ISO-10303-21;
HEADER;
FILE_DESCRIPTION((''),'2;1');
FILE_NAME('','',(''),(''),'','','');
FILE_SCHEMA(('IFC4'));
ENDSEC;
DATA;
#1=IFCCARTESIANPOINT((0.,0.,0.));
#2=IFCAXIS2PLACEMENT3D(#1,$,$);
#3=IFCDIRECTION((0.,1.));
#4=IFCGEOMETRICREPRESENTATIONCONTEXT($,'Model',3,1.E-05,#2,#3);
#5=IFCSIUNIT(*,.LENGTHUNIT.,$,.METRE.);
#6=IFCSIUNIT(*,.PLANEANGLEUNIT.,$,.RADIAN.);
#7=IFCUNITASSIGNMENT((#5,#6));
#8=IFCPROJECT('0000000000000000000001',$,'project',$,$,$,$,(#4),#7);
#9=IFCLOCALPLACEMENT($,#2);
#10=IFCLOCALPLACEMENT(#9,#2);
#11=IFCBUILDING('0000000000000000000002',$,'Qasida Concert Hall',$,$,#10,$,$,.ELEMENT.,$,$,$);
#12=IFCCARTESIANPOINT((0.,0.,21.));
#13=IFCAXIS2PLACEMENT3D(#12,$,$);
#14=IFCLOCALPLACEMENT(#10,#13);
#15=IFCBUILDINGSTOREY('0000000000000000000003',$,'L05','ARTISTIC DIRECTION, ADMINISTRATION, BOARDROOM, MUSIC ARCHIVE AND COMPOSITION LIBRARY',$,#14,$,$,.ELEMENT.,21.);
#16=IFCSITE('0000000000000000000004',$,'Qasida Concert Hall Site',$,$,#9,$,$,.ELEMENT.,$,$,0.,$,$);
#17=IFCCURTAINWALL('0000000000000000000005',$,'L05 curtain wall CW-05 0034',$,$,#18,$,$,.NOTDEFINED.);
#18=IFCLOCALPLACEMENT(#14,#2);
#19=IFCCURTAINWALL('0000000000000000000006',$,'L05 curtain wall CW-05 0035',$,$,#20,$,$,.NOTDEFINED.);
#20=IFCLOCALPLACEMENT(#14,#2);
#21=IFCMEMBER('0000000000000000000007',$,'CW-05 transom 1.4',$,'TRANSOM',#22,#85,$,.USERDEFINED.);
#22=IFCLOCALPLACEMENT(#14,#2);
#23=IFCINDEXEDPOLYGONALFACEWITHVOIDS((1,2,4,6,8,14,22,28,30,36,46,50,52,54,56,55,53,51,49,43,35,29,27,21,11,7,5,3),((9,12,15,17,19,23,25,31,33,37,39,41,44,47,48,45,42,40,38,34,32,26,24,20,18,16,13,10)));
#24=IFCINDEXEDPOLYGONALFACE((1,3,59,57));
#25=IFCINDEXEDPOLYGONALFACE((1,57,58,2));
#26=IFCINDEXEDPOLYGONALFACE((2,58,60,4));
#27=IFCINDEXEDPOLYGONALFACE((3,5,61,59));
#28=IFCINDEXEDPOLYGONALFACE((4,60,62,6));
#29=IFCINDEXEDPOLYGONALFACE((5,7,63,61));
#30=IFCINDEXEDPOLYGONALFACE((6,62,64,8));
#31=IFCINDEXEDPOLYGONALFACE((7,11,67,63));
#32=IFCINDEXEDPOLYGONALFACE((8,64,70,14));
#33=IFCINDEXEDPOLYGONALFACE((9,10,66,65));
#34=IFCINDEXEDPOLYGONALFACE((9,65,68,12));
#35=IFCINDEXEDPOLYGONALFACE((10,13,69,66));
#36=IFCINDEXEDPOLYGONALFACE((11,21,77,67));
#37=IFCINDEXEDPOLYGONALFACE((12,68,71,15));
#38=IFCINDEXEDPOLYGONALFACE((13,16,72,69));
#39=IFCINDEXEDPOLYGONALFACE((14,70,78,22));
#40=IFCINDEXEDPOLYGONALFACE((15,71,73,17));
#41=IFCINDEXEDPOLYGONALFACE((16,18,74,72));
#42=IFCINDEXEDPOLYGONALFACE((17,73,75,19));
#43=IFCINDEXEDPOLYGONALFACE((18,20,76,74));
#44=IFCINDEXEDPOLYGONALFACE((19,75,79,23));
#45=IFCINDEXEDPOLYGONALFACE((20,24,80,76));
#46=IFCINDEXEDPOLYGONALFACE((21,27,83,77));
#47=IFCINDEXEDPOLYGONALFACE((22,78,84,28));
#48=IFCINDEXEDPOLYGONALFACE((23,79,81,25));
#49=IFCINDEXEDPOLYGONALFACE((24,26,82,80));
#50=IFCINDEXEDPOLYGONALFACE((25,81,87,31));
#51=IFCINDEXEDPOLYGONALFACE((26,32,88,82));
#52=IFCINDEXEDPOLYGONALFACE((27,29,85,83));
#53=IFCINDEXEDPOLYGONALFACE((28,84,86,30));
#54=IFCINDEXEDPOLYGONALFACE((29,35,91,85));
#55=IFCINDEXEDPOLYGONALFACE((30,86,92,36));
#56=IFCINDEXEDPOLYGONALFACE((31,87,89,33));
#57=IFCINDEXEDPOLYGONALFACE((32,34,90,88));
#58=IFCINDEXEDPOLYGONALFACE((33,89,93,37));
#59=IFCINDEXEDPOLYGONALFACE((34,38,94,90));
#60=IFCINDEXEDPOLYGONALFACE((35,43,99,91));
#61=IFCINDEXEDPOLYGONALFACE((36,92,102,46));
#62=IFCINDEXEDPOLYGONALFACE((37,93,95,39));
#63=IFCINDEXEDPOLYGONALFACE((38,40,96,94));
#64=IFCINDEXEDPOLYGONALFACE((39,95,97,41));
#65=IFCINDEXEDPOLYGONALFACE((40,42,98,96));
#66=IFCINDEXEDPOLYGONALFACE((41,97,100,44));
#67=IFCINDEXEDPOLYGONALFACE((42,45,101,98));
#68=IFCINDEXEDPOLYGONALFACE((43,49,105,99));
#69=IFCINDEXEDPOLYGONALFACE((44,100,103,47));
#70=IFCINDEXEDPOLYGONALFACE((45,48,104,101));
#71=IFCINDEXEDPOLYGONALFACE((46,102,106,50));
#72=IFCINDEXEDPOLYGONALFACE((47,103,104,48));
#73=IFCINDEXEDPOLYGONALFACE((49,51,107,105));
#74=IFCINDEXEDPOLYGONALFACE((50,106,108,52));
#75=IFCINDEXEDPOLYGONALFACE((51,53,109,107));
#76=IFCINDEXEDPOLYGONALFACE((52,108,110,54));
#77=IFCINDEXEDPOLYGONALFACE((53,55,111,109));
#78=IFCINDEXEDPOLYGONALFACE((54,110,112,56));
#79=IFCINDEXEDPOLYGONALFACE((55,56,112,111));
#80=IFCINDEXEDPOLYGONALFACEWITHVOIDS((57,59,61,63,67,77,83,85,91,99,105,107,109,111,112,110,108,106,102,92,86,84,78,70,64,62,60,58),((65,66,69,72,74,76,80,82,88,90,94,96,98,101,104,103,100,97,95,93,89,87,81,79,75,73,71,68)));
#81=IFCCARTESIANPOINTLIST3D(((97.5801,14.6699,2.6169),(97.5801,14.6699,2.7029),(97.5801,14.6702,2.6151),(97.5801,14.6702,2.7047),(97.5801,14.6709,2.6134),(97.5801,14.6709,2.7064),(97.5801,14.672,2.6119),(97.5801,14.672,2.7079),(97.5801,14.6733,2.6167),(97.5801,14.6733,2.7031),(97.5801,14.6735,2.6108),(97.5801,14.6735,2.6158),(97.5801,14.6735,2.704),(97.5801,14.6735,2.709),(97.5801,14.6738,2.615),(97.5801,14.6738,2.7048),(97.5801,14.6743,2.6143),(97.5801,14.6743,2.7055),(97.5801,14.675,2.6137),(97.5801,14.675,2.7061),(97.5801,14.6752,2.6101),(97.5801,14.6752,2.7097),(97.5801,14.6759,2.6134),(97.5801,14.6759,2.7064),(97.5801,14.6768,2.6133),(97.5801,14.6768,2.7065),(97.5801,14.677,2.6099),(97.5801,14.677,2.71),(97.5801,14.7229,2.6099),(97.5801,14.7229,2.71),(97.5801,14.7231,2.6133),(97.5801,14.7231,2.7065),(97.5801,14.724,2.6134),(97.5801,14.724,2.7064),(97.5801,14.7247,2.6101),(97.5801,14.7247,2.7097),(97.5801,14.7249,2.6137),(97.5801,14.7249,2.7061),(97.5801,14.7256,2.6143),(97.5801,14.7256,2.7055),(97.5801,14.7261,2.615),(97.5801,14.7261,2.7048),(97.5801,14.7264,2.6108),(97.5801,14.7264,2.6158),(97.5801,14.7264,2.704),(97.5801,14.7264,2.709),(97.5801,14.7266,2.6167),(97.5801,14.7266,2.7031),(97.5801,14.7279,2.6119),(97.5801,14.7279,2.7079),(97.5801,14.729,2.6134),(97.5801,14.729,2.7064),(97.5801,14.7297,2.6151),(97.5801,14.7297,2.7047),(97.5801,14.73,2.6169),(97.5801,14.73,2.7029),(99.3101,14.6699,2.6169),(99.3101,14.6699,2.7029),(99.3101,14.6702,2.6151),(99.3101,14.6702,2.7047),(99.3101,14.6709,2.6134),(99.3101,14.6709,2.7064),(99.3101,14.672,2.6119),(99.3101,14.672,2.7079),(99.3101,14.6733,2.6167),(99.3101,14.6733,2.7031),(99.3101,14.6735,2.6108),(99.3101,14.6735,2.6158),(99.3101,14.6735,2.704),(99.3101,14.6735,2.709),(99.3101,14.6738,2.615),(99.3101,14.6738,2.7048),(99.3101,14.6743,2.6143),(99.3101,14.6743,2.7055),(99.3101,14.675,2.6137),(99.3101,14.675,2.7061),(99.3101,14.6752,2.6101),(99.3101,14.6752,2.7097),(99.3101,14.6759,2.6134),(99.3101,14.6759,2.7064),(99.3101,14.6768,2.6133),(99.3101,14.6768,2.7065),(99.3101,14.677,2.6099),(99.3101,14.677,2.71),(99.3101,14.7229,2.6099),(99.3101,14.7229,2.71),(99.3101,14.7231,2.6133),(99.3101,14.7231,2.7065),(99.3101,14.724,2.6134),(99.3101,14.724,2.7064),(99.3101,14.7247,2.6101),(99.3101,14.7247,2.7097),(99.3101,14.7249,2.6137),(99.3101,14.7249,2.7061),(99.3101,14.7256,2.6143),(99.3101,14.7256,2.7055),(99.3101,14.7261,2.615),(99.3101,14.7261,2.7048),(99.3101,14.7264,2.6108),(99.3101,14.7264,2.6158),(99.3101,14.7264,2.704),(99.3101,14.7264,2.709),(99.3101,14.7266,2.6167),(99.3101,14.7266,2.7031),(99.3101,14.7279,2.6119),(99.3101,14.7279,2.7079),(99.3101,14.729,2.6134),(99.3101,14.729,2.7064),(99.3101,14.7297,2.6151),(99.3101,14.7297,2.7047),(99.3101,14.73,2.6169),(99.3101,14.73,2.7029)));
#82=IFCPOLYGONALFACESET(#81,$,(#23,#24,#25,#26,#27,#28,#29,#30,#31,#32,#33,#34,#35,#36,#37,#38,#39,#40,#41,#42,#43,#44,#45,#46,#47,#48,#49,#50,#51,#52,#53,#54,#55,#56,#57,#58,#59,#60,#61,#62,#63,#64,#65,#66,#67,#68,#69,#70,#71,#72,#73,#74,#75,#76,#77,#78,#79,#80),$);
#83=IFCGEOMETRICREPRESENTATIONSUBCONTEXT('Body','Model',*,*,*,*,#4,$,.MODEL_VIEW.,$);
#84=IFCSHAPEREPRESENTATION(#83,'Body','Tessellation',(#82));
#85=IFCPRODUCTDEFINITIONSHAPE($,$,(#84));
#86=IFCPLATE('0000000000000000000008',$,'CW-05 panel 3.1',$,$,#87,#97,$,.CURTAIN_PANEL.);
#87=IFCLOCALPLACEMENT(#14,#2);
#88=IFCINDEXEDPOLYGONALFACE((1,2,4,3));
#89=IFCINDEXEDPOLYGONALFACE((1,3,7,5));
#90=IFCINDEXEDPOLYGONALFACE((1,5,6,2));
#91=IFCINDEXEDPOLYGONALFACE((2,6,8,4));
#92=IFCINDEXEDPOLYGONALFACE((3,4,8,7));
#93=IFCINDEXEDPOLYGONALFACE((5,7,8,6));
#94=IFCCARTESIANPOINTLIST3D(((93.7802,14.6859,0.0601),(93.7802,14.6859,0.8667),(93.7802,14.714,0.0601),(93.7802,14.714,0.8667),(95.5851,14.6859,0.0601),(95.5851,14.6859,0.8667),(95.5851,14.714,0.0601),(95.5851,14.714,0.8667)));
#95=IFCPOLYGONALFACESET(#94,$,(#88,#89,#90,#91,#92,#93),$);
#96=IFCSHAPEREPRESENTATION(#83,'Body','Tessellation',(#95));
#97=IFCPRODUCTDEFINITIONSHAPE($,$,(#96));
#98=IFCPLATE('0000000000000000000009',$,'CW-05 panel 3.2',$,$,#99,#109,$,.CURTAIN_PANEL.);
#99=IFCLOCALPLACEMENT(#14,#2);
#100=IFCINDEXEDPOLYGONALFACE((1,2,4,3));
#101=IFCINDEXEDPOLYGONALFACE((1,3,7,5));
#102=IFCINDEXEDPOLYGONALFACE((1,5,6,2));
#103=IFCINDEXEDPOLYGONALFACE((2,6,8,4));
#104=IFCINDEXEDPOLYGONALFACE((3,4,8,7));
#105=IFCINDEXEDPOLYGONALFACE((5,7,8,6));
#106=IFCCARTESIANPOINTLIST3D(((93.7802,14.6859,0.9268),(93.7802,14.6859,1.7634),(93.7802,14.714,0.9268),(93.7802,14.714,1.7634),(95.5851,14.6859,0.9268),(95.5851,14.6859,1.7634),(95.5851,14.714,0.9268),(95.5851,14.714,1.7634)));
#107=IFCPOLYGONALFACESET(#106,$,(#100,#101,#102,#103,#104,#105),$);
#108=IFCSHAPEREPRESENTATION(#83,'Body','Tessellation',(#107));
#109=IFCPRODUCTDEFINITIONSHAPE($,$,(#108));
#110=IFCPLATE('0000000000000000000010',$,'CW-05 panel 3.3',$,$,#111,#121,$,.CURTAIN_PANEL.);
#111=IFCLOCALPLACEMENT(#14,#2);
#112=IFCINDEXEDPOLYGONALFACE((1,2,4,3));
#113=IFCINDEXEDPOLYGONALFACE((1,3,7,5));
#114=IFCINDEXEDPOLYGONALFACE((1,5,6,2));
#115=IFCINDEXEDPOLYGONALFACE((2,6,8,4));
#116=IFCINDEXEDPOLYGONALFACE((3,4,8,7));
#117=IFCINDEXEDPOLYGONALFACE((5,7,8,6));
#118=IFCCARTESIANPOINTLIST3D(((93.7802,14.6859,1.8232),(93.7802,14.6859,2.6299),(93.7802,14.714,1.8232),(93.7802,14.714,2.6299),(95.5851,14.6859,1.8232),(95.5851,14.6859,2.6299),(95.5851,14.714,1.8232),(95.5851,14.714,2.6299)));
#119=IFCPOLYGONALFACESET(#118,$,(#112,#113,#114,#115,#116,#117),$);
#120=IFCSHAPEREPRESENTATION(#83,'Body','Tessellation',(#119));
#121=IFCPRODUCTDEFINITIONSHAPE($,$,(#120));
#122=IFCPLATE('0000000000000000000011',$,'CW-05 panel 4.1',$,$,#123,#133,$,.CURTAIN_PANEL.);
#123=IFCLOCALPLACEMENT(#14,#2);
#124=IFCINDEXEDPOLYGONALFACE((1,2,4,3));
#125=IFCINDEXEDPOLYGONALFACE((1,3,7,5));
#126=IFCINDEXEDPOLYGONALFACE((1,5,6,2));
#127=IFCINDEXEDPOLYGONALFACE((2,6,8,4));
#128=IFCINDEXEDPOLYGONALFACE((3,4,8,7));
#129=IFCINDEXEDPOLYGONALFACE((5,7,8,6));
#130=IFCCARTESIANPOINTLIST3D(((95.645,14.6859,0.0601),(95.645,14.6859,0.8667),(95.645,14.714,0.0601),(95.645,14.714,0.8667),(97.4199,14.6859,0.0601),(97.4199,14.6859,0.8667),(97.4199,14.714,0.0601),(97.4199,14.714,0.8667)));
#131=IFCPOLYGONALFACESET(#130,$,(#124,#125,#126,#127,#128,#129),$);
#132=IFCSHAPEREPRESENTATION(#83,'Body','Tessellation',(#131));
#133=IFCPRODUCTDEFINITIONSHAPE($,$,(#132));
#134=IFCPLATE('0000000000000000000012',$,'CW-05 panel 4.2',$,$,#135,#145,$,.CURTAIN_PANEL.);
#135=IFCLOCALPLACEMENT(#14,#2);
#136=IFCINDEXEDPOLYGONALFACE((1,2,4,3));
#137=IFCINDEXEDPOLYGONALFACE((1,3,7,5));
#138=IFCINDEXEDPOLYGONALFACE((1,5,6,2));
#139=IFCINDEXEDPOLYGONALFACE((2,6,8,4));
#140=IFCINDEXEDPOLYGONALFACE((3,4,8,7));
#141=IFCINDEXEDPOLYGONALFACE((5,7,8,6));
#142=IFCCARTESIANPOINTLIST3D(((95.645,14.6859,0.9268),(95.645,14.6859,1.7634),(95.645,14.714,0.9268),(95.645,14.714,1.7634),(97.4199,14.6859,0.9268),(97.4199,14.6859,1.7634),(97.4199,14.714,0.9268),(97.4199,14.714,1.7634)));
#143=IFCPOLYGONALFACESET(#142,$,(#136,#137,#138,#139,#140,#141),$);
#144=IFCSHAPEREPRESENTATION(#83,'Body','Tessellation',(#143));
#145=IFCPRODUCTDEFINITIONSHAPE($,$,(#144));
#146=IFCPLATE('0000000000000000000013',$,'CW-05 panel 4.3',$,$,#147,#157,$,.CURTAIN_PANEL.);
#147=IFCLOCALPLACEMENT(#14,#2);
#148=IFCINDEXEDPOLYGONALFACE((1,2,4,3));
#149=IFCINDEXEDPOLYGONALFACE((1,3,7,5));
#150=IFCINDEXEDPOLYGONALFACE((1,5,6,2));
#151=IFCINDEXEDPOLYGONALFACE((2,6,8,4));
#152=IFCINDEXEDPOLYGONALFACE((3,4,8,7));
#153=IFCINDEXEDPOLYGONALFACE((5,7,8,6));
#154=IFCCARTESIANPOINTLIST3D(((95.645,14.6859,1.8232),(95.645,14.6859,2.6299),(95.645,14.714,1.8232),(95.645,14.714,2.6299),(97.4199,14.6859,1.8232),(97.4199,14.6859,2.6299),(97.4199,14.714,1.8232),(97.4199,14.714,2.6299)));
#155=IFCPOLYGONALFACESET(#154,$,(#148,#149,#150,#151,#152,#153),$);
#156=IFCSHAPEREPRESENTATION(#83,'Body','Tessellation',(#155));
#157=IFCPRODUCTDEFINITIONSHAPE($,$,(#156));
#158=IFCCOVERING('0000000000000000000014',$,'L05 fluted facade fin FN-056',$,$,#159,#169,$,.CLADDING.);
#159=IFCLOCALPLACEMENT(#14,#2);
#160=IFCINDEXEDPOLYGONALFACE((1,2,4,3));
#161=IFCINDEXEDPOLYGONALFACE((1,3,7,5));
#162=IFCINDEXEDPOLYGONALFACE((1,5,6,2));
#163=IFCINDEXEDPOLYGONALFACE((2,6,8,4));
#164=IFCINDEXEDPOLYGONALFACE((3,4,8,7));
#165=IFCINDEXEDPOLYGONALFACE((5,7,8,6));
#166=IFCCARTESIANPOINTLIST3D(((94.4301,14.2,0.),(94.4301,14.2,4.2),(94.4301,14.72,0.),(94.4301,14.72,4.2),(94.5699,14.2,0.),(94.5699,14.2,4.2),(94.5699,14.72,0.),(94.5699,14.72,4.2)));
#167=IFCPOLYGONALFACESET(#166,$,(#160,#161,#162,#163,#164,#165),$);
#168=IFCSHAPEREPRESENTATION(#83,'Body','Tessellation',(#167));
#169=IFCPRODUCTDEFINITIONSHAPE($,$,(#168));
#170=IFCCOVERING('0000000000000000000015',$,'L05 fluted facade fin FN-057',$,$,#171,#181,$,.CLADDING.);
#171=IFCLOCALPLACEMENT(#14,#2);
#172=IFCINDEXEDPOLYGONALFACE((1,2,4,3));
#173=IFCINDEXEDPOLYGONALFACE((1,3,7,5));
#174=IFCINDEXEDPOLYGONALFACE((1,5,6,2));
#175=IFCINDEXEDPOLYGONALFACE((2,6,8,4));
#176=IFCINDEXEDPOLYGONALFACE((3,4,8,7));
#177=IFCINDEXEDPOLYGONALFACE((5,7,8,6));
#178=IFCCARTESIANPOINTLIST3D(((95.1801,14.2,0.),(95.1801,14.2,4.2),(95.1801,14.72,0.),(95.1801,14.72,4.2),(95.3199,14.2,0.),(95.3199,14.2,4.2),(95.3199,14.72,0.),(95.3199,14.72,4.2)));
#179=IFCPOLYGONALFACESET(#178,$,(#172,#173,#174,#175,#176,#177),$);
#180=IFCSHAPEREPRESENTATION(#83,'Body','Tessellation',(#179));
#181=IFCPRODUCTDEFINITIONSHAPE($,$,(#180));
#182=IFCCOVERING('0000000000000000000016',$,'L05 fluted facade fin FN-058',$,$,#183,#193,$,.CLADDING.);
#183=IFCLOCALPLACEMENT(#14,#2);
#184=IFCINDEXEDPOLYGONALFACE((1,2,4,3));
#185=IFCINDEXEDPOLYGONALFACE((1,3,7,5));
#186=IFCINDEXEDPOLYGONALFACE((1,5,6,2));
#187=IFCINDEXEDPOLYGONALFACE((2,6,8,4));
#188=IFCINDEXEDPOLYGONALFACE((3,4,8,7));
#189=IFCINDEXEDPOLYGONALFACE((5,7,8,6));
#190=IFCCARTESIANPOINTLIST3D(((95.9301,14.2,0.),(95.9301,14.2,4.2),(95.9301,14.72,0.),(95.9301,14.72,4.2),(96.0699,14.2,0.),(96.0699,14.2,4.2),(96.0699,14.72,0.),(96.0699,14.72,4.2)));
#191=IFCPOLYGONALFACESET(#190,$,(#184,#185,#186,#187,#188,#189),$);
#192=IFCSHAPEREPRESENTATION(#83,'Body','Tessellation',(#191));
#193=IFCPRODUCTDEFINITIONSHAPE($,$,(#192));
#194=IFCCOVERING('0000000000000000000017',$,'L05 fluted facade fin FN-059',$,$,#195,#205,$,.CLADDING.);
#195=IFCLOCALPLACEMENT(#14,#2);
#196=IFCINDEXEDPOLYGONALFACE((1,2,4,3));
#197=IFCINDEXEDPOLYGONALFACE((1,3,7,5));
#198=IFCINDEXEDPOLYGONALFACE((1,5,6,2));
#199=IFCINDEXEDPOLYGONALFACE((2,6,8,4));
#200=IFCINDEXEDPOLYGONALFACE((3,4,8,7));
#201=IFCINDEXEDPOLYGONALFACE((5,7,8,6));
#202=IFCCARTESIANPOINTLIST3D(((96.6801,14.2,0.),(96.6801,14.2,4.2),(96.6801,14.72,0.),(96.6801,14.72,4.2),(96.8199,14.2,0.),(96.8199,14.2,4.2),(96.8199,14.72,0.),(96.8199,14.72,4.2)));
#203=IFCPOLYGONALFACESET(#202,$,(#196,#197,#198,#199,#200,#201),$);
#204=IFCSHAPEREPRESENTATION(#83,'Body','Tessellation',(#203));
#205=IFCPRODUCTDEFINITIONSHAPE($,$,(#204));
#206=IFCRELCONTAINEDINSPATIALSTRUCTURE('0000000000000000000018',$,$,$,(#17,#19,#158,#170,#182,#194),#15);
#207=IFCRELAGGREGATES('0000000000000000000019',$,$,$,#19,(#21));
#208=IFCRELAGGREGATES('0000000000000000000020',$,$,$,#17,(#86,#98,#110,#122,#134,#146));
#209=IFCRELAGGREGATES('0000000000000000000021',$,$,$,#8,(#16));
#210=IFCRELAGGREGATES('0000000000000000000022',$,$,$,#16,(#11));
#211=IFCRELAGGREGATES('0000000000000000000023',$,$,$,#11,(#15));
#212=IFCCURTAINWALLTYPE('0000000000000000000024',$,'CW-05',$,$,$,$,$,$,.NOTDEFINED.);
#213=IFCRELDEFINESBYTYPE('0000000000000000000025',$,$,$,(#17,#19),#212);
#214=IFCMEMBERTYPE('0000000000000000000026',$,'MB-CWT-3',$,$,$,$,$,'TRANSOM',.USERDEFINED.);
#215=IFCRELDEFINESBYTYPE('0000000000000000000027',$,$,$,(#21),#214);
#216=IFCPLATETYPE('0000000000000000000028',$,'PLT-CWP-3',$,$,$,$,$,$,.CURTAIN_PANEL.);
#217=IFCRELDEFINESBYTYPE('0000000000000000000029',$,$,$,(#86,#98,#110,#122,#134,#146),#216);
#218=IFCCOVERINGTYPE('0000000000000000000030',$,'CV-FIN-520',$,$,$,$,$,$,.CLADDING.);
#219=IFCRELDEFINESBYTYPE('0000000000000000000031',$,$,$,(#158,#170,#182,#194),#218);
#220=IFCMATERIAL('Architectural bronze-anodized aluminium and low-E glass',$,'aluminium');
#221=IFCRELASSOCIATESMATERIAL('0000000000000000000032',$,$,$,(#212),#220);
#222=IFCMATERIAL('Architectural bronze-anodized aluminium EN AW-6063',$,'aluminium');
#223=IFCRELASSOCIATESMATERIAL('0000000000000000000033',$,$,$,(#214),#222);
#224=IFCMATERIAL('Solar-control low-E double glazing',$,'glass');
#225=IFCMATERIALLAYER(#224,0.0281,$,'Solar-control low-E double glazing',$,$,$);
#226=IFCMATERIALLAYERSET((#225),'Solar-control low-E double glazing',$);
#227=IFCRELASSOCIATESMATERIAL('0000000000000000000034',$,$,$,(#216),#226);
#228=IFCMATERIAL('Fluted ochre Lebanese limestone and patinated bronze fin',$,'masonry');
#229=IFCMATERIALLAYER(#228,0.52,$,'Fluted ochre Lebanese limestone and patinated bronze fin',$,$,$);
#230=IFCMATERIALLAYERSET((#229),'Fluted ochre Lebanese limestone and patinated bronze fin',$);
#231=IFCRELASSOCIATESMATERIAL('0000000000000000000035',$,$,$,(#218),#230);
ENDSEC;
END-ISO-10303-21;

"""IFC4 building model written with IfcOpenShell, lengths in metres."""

from ifc_helpers import new_model, si_unit, direction, frame, origin, origin_2d, place, context, subcontext, project, spatial, rectangle, hollow_rectangle, extrude, material, layer, layer_set, material_profile, profile_set, type_object, element, aggregate, save


model = new_model("IFC4")

# Units and contexts
model_context = context("Model", 3, precision=1e-05, world=origin(), true_north=direction((0.0, 1.0)))
body_context = subcontext(model_context, "Body", "Model", "MODEL_VIEW")
ifc_project = project(units=[si_unit("LENGTHUNIT", "METRE"), si_unit("PLANEANGLEUNIT", "RADIAN")], contexts=[model_context])

# Site, building, storey
site_placement = place(None, origin())
site = spatial("IfcSite", under=ifc_project, at=site_placement, Name="Qasida Concert Hall Site", CompositionType="ELEMENT", RefElevation=0.0)
building_placement = place(site_placement, origin())
building = spatial("IfcBuilding", under=site, at=building_placement, Name="Qasida Concert Hall", CompositionType="ELEMENT")
storey_placement = place(building_placement, frame((0.0, 0.0, 21.0)))
storey = spatial("IfcBuildingStorey", under=building, at=storey_placement, Name="L05", Description="ARTISTIC DIRECTION, ADMINISTRATION, BOARDROOM, MUSIC ARCHIVE AND COMPOSITION LIBRARY", CompositionType="ELEMENT", Elevation=21.0)

# Curtain wall
ifc_material_1 = material(Name="Architectural bronze-anodized aluminium and low-E glass", Category="aluminium")
curtain_wall_type = type_object("IfcCurtainWallType", Name="CW-05", PredefinedType="NOTDEFINED", material=ifc_material_1)
curtain_wall_1_placement = place(storey_placement, origin())
curtain_wall_1 = element("IfcCurtainWall", 1, at=curtain_wall_1_placement, inside=storey, type_object=curtain_wall_type, Name="L05 curtain wall CW-05 0034", PredefinedType="NOTDEFINED")
ifc_material_2 = material(Name="Architectural bronze-anodized aluminium EN AW-6063", Category="aluminium")

# Curtain wall
curtain_wall_2_placement = place(storey_placement, origin())
curtain_wall_2 = element("IfcCurtainWall", 2, at=curtain_wall_2_placement, inside=storey, type_object=curtain_wall_type, Name="L05 curtain wall CW-05 0035", PredefinedType="NOTDEFINED")

# Member
ifc_material_profile_1 = material_profile(ifc_material_2, hollow_rectangle(XDim=0.0601, YDim=0.1001, WallThickness=0.0034, InnerFilletRadius=0.0034, OuterFilletRadius=0.0071, at=origin_2d()), Name="CWT 100x60x3.5")
ifc_profile_set_1 = profile_set([ifc_material_profile_1], Name="Architectural bronze-anodized aluminium EN AW-6063")
member_type_1 = type_object("IfcMemberType", Name="MB-CWT-3", ElementType="TRANSOM", PredefinedType="USERDEFINED", material=ifc_profile_set_1)
member_1_placement = place(storey_placement, frame((97.5801, 14.7, 2.6599), z_axis=(1.0, 0.0, 0.0), x_axis=(0.0, 1.0, 0.0)))
member_1 = element("IfcMember", 3, at=member_1_placement, type_object=member_type_1, Name="CW-05 transom 1.4", ObjectType="TRANSOM", PredefinedType="USERDEFINED", context=body_context, shape_type="SweptSolid", body=[
    extrude(hollow_rectangle(XDim=0.0601, YDim=0.1001, WallThickness=0.0034, InnerFilletRadius=0.0034, OuterFilletRadius=0.0071, at=origin_2d()), origin(), (0.0, 0.0, 1.0), 1.73),
])
aggregate(curtain_wall_2, [member_1])

# Plates
ifc_material_3 = material(Name="Solar-control low-E double glazing", Category="glass")
ifc_layer_1 = layer(ifc_material_3, 0.0281, Name="Solar-control low-E double glazing")
ifc_layer_set_1 = layer_set([ifc_layer_1], Name="Solar-control low-E double glazing")
plate_type = type_object("IfcPlateType", Name="PLT-CWP-3", PredefinedType="CURTAIN_PANEL", material=ifc_layer_set_1)
plate_1_placement = place(storey_placement, frame((94.6826, 14.7, 0.0601), z_axis=(0.0, 0.0, 1.0), x_axis=(1.0, 0.0, 0.0)))
plate_1 = element("IfcPlate", 4, at=plate_1_placement, type_object=plate_type, Name="CW-05 panel 3.1", PredefinedType="CURTAIN_PANEL", context=body_context, shape_type="SweptSolid", body=[
    extrude(rectangle(XDim=1.8049, YDim=0.0281, at=origin_2d()), origin(), (0.0, 0.0, 1.0), 0.8066),
])
plate_2_placement = place(storey_placement, frame((94.6826, 14.7, 0.9268), z_axis=(0.0, 0.0, 1.0), x_axis=(1.0, 0.0, 0.0)))
plate_2 = element("IfcPlate", 5, at=plate_2_placement, type_object=plate_type, Name="CW-05 panel 3.2", PredefinedType="CURTAIN_PANEL", context=body_context, shape_type="SweptSolid", body=[
    extrude(rectangle(XDim=1.8049, YDim=0.0281, at=origin_2d()), origin(), (0.0, 0.0, 1.0), 0.8367),
])
plate_3_placement = place(storey_placement, frame((94.6826, 14.7, 1.8232), z_axis=(0.0, 0.0, 1.0), x_axis=(1.0, 0.0, 0.0)))
plate_3 = element("IfcPlate", 6, at=plate_3_placement, type_object=plate_type, Name="CW-05 panel 3.3", PredefinedType="CURTAIN_PANEL", context=body_context, shape_type="SweptSolid", body=[
    extrude(rectangle(XDim=1.8049, YDim=0.0281, at=origin_2d()), origin(), (0.0, 0.0, 1.0), 0.8066),
])
plate_4_placement = place(storey_placement, frame((96.5325, 14.7, 0.0601), z_axis=(0.0, 0.0, 1.0), x_axis=(1.0, 0.0, 0.0)))
plate_4 = element("IfcPlate", 7, at=plate_4_placement, type_object=plate_type, Name="CW-05 panel 4.1", PredefinedType="CURTAIN_PANEL", context=body_context, shape_type="SweptSolid", body=[
    extrude(rectangle(XDim=1.7749, YDim=0.0281, at=origin_2d()), origin(), (0.0, 0.0, 1.0), 0.8066),
])
plate_5_placement = place(storey_placement, frame((96.5325, 14.7, 0.9268), z_axis=(0.0, 0.0, 1.0), x_axis=(1.0, 0.0, 0.0)))
plate_5 = element("IfcPlate", 8, at=plate_5_placement, type_object=plate_type, Name="CW-05 panel 4.2", PredefinedType="CURTAIN_PANEL", context=body_context, shape_type="SweptSolid", body=[
    extrude(rectangle(XDim=1.7749, YDim=0.0281, at=origin_2d()), origin(), (0.0, 0.0, 1.0), 0.8367),
])
plate_6_placement = place(storey_placement, frame((96.5325, 14.7, 1.8232), z_axis=(0.0, 0.0, 1.0), x_axis=(1.0, 0.0, 0.0)))
plate_6 = element("IfcPlate", 9, at=plate_6_placement, type_object=plate_type, Name="CW-05 panel 4.3", PredefinedType="CURTAIN_PANEL", context=body_context, shape_type="SweptSolid", body=[
    extrude(rectangle(XDim=1.7749, YDim=0.0281, at=origin_2d()), origin(), (0.0, 0.0, 1.0), 0.8066),
])
aggregate(curtain_wall_1, [plate_1, plate_2, plate_3, plate_4, plate_5, plate_6])

# Coverings
ifc_material_4 = material(Name="Fluted ochre Lebanese limestone and patinated bronze fin", Category="masonry")
ifc_layer_2 = layer(ifc_material_4, 0.52, Name="Fluted ochre Lebanese limestone and patinated bronze fin")
ifc_layer_set_2 = layer_set([ifc_layer_2], Name="Fluted ochre Lebanese limestone and patinated bronze fin")
covering_type = type_object("IfcCoveringType", Name="CV-FIN-520", PredefinedType="CLADDING", material=ifc_layer_set_2)
for number, where, z_axis, x_axis, name in (
    (10, (94.5, 14.46, 0.0), (0.0, 0.0, 1.0), (1.0, 0.0, 0.0), "L05 fluted facade fin FN-056"),
    (11, (95.25, 14.46, 0.0), (0.0, 0.0, 1.0), (1.0, 0.0, 0.0), "L05 fluted facade fin FN-057"),
    (12, (96.0, 14.46, 0.0), (0.0, 0.0, 1.0), (1.0, 0.0, 0.0), "L05 fluted facade fin FN-058"),
    (13, (96.75, 14.46, 0.0), (0.0, 0.0, 1.0), (1.0, 0.0, 0.0), "L05 fluted facade fin FN-059"),
):
    element("IfcCovering", number, at=place(storey_placement, frame(where, z_axis=z_axis, x_axis=x_axis)), inside=storey, type_object=covering_type, Name=name, PredefinedType="CLADDING", context=body_context, shape_type="SweptSolid", body=[
        extrude(rectangle(XDim=0.1399, YDim=0.52, at=origin_2d()), origin(), (0.0, 0.0, 1.0), 4.2),
    ])

save(model, "model.ifc")
